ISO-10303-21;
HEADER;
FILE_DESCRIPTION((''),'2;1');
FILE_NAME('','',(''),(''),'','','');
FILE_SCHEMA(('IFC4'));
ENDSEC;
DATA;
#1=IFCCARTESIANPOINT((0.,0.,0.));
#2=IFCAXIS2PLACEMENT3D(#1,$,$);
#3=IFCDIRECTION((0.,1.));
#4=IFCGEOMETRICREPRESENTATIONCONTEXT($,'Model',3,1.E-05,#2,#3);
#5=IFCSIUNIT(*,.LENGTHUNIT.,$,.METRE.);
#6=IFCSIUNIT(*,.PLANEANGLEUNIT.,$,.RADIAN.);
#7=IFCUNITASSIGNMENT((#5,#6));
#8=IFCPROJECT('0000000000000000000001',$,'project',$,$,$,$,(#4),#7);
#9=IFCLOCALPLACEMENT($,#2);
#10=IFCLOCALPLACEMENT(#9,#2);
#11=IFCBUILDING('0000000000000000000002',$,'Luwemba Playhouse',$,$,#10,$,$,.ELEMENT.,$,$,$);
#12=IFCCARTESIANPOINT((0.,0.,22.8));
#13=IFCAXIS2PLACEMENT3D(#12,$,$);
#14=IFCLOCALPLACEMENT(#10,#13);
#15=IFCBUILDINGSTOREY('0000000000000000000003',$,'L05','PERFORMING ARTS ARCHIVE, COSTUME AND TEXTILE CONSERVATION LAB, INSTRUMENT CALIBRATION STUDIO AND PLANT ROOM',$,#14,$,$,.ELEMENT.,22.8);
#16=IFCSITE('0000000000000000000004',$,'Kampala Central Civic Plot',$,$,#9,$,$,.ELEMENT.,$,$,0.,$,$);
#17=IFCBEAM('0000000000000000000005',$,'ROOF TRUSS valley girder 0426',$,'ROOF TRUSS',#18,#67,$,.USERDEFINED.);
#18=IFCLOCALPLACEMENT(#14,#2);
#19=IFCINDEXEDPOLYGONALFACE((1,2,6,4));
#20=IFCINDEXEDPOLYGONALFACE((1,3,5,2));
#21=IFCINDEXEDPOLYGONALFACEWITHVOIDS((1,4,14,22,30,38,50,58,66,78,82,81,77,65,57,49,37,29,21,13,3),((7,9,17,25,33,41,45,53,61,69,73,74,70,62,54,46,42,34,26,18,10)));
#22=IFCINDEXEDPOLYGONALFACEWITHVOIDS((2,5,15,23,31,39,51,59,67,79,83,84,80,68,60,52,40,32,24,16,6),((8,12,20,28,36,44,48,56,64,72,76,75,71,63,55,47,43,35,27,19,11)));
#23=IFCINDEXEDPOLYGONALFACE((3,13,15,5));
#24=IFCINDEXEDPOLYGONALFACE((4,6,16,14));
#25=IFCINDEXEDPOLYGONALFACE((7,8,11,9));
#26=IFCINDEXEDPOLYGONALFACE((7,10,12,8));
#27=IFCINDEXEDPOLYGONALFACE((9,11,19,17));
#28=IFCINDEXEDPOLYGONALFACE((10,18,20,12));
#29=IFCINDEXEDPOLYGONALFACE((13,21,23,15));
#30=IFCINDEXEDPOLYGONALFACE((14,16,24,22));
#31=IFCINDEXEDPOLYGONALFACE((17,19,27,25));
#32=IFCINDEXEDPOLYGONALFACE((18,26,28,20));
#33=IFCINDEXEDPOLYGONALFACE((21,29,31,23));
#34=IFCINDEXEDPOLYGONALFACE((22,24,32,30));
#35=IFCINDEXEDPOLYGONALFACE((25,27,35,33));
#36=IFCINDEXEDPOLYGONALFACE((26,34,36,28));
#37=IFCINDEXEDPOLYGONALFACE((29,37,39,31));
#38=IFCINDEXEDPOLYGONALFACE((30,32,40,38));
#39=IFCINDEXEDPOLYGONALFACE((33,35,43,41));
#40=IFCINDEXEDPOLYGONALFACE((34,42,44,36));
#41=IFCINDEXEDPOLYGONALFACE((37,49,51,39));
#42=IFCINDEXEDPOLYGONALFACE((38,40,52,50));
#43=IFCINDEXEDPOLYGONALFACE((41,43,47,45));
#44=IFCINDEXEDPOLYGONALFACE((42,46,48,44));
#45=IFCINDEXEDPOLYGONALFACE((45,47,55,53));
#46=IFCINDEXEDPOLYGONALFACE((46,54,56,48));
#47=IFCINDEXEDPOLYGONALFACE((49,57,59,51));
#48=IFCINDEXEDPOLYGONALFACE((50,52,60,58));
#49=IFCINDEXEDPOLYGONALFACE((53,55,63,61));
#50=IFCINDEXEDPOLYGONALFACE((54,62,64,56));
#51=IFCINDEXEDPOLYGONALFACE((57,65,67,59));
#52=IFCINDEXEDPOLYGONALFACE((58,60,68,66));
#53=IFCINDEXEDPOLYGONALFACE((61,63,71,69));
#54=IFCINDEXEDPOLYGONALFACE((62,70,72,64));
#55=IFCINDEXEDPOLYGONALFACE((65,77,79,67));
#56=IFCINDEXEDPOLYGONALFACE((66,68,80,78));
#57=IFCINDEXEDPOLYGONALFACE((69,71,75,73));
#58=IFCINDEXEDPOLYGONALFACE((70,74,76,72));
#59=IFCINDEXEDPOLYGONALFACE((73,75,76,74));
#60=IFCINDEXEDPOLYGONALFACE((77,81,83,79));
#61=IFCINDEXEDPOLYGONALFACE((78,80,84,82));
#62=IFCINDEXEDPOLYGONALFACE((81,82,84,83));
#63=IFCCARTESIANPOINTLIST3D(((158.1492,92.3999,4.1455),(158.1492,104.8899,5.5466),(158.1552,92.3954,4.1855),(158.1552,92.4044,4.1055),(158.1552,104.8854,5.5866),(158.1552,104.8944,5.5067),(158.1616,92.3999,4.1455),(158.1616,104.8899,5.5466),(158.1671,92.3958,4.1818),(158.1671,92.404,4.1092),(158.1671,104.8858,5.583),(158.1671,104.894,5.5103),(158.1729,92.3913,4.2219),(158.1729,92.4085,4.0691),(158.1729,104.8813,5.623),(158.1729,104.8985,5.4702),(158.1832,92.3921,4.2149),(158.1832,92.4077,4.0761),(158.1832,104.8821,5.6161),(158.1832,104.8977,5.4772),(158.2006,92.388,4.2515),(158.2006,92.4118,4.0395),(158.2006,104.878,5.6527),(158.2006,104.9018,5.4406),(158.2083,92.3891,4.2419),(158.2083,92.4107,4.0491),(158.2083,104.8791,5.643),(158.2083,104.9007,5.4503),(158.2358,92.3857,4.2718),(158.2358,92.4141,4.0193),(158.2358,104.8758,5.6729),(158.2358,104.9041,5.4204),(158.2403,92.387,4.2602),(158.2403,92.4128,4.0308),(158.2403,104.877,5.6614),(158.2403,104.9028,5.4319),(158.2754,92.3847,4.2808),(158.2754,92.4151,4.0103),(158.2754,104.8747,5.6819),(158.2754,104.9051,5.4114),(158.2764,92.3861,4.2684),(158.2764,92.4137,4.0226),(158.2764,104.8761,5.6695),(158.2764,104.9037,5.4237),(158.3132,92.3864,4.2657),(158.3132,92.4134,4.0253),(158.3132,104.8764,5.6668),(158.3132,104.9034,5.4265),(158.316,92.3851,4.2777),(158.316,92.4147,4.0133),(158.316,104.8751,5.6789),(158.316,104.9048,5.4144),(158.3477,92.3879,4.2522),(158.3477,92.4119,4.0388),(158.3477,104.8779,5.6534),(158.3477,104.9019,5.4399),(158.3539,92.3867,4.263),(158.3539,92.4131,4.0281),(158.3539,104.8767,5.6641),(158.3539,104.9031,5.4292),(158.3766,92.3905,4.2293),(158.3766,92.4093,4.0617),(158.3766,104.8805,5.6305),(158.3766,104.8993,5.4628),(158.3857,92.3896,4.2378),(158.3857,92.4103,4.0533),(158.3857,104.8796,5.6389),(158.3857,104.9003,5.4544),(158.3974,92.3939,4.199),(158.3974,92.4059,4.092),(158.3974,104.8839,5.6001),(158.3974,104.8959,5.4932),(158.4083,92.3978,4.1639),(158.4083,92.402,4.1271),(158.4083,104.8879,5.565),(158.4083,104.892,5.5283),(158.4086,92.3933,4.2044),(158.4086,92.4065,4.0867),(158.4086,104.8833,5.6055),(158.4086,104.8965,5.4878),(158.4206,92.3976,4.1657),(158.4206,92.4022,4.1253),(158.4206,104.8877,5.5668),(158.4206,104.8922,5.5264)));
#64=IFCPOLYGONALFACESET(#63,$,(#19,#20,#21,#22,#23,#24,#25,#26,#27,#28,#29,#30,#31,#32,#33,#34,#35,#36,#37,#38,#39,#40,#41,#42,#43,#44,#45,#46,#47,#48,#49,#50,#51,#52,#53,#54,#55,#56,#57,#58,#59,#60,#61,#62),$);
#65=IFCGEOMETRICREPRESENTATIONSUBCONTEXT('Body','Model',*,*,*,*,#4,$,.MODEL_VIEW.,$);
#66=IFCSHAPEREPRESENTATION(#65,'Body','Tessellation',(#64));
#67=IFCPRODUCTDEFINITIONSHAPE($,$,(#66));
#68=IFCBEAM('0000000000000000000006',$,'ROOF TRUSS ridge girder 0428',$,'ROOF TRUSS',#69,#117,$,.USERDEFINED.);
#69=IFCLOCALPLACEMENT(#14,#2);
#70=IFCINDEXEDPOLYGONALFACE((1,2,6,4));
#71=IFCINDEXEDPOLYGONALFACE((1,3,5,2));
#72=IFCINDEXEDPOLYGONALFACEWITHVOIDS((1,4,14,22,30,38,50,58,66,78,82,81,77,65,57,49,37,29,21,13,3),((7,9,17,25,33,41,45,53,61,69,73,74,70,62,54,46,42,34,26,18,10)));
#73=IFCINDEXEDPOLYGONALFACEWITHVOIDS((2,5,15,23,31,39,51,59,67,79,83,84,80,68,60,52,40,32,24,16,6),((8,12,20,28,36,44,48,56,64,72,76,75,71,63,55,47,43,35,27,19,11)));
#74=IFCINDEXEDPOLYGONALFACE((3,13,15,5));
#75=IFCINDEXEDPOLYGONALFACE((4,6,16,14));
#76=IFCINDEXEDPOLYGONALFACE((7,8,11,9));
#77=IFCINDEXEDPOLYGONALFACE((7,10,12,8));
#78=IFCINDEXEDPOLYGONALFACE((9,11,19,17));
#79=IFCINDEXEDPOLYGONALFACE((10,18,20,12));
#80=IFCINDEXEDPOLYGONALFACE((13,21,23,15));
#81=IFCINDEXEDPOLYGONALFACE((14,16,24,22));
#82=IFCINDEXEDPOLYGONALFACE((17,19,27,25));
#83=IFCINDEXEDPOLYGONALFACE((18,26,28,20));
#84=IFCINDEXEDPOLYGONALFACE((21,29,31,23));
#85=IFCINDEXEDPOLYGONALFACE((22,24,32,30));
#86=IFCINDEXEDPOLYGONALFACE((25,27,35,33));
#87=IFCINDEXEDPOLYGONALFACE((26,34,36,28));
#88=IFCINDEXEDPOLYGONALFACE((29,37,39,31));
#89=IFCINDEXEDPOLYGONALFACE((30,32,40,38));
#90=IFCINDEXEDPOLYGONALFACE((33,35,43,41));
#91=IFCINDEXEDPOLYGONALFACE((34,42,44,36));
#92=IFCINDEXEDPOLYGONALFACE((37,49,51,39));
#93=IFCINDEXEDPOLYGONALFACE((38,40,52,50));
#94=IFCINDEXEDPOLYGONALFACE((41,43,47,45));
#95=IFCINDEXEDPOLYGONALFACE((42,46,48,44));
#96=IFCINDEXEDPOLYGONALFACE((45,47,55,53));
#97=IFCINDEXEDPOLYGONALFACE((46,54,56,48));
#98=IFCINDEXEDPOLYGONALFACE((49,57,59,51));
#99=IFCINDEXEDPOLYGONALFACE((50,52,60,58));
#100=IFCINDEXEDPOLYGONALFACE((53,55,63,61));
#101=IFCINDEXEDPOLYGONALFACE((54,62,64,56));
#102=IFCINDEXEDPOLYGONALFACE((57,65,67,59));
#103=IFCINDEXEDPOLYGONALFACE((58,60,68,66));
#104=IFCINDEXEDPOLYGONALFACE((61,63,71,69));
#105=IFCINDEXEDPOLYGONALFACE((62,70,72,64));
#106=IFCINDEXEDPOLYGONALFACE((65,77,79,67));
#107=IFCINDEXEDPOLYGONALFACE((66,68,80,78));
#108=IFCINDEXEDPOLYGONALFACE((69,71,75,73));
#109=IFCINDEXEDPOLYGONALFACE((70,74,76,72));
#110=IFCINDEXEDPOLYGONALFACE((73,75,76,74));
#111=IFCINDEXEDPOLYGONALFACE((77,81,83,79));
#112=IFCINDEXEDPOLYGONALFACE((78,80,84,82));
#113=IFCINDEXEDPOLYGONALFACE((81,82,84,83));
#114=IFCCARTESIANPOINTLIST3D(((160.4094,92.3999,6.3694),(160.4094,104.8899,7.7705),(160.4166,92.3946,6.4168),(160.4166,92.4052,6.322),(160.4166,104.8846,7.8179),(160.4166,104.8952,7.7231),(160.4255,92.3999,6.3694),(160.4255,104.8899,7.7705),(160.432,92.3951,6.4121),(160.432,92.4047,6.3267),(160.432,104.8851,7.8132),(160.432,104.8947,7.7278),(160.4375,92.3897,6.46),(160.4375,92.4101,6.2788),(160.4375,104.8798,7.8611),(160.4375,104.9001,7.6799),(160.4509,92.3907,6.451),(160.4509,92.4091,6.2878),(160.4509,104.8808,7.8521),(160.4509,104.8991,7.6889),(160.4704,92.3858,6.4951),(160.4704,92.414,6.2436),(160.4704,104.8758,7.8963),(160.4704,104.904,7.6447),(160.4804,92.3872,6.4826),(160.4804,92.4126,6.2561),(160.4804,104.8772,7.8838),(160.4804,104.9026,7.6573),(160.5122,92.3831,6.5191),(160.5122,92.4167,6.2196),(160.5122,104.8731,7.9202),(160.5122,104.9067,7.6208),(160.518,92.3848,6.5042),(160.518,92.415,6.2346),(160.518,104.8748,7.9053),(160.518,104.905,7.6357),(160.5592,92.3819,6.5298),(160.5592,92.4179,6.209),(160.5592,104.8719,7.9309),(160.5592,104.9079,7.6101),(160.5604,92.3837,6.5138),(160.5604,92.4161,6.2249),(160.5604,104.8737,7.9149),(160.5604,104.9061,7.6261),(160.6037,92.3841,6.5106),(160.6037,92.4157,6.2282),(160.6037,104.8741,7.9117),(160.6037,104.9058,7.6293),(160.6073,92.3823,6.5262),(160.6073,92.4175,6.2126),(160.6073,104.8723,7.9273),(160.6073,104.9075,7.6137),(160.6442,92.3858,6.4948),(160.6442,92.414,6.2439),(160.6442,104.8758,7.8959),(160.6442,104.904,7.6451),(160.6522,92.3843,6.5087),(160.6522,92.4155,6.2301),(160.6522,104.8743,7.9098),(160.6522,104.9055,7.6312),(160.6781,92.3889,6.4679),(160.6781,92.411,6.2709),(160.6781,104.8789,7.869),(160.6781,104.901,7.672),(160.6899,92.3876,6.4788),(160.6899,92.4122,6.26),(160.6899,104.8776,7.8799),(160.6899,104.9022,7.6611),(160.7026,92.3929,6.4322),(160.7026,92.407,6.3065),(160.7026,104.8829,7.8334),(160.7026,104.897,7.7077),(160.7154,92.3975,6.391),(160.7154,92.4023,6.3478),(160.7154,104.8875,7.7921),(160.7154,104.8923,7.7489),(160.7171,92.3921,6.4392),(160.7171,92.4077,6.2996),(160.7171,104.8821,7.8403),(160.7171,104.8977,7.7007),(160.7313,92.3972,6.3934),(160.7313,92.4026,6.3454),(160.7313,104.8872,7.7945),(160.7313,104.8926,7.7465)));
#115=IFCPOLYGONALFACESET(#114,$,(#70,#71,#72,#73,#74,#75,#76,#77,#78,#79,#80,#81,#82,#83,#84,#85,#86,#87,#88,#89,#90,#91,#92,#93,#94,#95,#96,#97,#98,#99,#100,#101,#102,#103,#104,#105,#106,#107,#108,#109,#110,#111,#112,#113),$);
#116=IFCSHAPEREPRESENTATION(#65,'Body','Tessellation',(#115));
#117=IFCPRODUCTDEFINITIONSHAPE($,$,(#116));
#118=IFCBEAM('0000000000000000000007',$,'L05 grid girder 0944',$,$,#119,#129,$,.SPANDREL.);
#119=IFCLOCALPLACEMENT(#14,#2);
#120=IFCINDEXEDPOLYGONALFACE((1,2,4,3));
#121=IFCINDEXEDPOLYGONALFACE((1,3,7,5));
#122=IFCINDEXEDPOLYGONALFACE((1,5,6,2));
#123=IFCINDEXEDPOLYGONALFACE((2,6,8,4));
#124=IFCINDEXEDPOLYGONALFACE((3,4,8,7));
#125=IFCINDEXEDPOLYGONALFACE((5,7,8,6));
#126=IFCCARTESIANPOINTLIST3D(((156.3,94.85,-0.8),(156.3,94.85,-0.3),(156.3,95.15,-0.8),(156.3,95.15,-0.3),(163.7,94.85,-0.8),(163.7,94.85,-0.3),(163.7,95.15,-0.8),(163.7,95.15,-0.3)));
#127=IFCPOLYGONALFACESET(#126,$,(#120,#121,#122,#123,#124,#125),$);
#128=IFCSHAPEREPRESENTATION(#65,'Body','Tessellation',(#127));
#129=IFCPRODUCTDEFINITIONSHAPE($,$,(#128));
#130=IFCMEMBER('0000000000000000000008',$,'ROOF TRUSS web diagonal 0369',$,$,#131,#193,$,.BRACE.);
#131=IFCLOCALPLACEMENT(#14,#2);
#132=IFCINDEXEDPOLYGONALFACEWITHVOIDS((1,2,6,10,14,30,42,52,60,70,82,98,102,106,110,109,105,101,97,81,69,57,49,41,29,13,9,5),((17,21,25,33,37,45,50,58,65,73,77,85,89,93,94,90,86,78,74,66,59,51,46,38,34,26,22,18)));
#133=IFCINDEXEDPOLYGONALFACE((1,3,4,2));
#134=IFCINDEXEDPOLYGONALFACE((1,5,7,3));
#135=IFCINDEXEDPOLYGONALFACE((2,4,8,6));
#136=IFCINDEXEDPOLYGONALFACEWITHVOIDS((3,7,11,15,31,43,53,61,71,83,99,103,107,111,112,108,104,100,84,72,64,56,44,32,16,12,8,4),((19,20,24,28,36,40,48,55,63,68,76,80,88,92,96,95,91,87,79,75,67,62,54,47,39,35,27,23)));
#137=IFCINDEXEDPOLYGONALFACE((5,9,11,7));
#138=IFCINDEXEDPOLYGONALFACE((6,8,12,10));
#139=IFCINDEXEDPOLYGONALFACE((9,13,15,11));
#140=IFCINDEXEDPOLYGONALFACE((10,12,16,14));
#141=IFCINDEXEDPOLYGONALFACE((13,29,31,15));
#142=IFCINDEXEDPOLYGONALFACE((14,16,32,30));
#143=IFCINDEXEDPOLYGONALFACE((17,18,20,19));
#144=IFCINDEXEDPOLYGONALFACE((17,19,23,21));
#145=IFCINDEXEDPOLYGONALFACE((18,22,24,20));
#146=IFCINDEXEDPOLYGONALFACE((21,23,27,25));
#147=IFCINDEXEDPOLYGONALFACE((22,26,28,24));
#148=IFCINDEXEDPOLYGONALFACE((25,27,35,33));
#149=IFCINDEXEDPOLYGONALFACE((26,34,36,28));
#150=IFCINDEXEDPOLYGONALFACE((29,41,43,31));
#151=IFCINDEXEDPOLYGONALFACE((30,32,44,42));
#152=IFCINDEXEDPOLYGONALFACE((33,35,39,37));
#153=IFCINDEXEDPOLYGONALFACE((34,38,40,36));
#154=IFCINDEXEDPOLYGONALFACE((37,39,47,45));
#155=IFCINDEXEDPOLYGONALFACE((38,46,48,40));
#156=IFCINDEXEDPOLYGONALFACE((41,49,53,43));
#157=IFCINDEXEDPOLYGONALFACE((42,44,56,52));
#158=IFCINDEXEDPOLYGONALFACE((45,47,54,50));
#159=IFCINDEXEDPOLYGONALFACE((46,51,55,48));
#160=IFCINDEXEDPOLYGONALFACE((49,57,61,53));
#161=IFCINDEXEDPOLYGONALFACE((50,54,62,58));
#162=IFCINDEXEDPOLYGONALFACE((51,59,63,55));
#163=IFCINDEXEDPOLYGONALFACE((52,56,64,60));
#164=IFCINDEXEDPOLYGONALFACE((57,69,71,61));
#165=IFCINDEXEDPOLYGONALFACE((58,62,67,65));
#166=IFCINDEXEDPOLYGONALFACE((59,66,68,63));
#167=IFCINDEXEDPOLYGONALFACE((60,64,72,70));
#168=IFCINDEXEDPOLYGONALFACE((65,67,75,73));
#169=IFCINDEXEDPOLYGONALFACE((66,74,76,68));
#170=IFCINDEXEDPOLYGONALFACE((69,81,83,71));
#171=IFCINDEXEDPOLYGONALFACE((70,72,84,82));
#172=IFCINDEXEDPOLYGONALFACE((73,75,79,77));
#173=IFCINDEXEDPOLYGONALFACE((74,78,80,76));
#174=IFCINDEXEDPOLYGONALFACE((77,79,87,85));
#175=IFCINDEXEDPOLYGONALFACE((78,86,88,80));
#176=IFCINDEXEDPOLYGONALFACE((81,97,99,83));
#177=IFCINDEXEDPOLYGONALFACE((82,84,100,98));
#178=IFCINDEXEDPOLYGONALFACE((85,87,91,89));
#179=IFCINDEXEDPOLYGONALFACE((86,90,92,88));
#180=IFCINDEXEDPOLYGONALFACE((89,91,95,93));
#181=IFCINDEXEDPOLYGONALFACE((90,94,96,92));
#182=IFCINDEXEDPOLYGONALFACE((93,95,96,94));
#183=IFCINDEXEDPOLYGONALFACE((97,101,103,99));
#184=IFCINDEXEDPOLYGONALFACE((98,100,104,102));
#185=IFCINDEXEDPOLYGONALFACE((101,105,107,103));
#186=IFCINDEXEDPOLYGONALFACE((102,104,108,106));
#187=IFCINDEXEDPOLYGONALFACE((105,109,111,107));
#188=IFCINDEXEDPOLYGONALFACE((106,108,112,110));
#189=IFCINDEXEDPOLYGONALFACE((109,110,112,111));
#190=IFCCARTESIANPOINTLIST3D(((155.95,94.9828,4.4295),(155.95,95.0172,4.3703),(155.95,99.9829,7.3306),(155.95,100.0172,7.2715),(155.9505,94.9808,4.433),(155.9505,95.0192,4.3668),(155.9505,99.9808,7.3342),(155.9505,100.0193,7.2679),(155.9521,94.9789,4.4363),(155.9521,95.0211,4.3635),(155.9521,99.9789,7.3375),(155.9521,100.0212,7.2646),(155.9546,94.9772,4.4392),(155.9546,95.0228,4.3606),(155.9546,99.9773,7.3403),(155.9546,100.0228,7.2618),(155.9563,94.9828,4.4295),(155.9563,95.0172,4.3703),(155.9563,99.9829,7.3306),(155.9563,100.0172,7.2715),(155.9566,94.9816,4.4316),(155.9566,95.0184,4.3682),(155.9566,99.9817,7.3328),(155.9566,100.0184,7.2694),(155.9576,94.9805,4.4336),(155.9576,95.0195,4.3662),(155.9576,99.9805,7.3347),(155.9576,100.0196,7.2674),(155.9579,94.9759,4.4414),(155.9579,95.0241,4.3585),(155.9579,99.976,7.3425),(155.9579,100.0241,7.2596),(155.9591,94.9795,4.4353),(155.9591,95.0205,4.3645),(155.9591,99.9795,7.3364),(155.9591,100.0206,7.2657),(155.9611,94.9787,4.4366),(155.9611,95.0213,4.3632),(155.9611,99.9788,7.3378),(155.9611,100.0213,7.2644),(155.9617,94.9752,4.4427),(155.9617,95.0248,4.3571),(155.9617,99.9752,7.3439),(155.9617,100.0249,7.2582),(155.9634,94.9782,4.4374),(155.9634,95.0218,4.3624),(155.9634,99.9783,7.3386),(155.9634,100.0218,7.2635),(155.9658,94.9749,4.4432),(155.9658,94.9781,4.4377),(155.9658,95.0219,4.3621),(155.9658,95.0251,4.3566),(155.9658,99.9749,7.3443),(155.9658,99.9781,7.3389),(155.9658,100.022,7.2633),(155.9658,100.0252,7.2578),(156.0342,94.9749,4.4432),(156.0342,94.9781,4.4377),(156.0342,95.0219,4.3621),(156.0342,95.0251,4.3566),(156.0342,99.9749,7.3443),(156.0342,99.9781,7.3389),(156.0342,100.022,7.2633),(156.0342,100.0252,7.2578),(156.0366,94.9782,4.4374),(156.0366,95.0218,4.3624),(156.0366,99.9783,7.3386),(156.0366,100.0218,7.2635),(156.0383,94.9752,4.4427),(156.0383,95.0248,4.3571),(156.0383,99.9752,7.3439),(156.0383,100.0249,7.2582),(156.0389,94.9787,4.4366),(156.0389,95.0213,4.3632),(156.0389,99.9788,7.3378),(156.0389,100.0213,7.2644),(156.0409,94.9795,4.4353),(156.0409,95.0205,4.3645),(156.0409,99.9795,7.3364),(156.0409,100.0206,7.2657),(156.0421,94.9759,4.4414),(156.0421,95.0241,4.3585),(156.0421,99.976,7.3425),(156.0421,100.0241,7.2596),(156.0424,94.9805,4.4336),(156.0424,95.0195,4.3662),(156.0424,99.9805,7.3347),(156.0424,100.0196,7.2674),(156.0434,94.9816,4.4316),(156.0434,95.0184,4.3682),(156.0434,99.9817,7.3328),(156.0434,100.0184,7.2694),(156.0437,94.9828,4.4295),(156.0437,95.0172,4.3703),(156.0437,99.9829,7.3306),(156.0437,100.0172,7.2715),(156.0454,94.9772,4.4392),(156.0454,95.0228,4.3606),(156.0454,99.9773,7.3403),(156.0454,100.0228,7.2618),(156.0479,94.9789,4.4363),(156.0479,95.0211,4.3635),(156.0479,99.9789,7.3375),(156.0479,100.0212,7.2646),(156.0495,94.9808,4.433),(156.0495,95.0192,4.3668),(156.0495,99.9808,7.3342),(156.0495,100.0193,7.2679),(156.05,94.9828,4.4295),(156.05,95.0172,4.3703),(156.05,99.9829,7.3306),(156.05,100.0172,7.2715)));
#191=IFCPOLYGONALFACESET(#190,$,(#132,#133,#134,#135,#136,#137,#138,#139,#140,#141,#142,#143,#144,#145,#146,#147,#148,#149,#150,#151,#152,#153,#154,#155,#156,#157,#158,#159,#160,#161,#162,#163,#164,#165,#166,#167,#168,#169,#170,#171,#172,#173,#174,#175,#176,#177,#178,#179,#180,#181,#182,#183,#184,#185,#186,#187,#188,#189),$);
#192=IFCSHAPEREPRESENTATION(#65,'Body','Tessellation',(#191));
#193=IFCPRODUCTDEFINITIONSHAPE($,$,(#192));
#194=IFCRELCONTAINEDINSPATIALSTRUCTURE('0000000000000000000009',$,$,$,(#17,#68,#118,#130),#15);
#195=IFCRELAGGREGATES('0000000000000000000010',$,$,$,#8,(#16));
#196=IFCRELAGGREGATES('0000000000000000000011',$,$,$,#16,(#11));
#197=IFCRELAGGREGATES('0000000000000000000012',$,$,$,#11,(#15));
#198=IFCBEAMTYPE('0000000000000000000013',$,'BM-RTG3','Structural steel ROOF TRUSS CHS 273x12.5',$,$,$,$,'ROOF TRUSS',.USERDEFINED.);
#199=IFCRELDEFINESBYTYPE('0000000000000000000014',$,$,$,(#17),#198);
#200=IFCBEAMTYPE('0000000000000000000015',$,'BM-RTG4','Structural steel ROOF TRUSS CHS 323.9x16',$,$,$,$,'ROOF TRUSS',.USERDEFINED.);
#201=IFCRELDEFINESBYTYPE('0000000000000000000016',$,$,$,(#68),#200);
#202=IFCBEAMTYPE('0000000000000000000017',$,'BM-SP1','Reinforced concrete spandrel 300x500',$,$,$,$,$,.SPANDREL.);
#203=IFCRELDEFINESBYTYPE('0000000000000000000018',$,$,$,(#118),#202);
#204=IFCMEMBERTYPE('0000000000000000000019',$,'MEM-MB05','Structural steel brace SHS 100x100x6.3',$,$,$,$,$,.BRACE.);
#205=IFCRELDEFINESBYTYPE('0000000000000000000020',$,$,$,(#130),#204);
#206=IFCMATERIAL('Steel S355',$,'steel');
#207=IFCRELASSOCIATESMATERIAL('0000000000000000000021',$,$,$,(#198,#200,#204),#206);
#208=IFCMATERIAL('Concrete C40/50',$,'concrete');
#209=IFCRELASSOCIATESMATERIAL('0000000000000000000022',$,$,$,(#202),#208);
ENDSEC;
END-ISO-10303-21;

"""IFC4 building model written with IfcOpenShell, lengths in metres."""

from ifc_helpers import new_model, si_unit, direction, frame, origin, origin_2d, place, context, subcontext, project, spatial, rectangle, hollow_rectangle, hollow_circle, extrude, material, material_profile, profile_set, type_object, element, save


model = new_model("IFC4")

# Units and contexts
model_context = context("Model", 3, precision=1e-05, world=origin(), true_north=direction((0.0, 1.0)))
body_context = subcontext(model_context, "Body", "Model", "MODEL_VIEW")
ifc_project = project(units=[si_unit("LENGTHUNIT", "METRE"), si_unit("PLANEANGLEUNIT", "RADIAN")], contexts=[model_context])

# Site, building, storey
site_placement = place(None, origin())
site = spatial("IfcSite", under=ifc_project, at=site_placement, Name="Kampala Central Civic Plot", CompositionType="ELEMENT", RefElevation=0.0)
building_placement = place(site_placement, origin())
building = spatial("IfcBuilding", under=site, at=building_placement, Name="Luwemba Playhouse", CompositionType="ELEMENT")
storey_placement = place(building_placement, frame((0.0, 0.0, 22.8)))
storey = spatial("IfcBuildingStorey", under=building, at=storey_placement, Name="L05", Description="PERFORMING ARTS ARCHIVE, COSTUME AND TEXTILE CONSERVATION LAB, INSTRUMENT CALIBRATION STUDIO AND PLANT ROOM", CompositionType="ELEMENT", Elevation=22.8)

# Shared definitions
ifc_material_1 = material(Name="Concrete C40/50", Category="concrete")

# Beams
ifc_material_2 = material(Name="Steel S355", Category="steel")
ifc_material_profile_1 = material_profile(ifc_material_2, hollow_circle(Radius=0.1365, WallThickness=0.0125, at=origin_2d()))
ifc_profile_set_1 = profile_set([ifc_material_profile_1], Name="Steel S355")
beam_type_1 = type_object("IfcBeamType", Name="BM-RTG3", Description="Structural steel ROOF TRUSS CHS 273x12.5", ElementType="ROOF TRUSS", PredefinedType="USERDEFINED", material=ifc_profile_set_1)
beam_1_placement = place(storey_placement, frame((158.2856, 92.3999, 4.1455), z_axis=(0.0, 0.993767, 0.11148), x_axis=(-1.0, 0.0, 0.0)))
element("IfcBeam", 1, at=beam_1_placement, inside=storey, type_object=beam_type_1, Name="ROOF TRUSS valley girder 0426", ObjectType="ROOF TRUSS", PredefinedType="USERDEFINED", context=body_context, shape_type="SweptSolid", body=[
    extrude(hollow_circle(Radius=0.1365, WallThickness=0.0125, at=origin_2d()), origin(), (0.0, 0.0, 1.0), 12.5684),
])
ifc_material_profile_2 = material_profile(ifc_material_2, hollow_circle(Radius=0.1619, WallThickness=0.0161, at=origin_2d()))
ifc_profile_set_2 = profile_set([ifc_material_profile_2], Name="Steel S355")
beam_type_2 = type_object("IfcBeamType", Name="BM-RTG4", Description="Structural steel ROOF TRUSS CHS 323.9x16", ElementType="ROOF TRUSS", PredefinedType="USERDEFINED", material=ifc_profile_set_2)
beam_2_placement = place(storey_placement, frame((160.5713, 92.3999, 6.3694), z_axis=(0.0, 0.993767, 0.11148), x_axis=(-1.0, 0.0, 0.0)))
element("IfcBeam", 2, at=beam_2_placement, inside=storey, type_object=beam_type_2, Name="ROOF TRUSS ridge girder 0428", ObjectType="ROOF TRUSS", PredefinedType="USERDEFINED", context=body_context, shape_type="SweptSolid", body=[
    extrude(hollow_circle(Radius=0.1619, WallThickness=0.0161, at=origin_2d()), origin(), (0.0, 0.0, 1.0), 12.5684),
])
ifc_material_profile_3 = material_profile(ifc_material_1, rectangle(XDim=0.3, YDim=0.5, at=origin_2d()))
ifc_profile_set_3 = profile_set([ifc_material_profile_3], Name="Concrete C40/50")
beam_type_3 = type_object("IfcBeamType", Name="BM-SP1", Description="Reinforced concrete spandrel 300x500", PredefinedType="SPANDREL", material=ifc_profile_set_3)
beam_3_placement = place(storey_placement, frame((156.3, 95.0, -0.55), z_axis=(1.0, 0.0, 0.0), x_axis=(0.0, 1.0, 0.0)))
element("IfcBeam", 3, at=beam_3_placement, inside=storey, type_object=beam_type_3, Name="L05 grid girder 0944", PredefinedType="SPANDREL", context=body_context, shape_type="SweptSolid", body=[
    extrude(rectangle(XDim=0.3, YDim=0.5, at=origin_2d()), origin(), (0.0, 0.0, 1.0), 7.3999),
])

# Member
ifc_material_profile_4 = material_profile(ifc_material_2, hollow_rectangle(XDim=0.1001, YDim=0.1001, WallThickness=0.0063, InnerFilletRadius=0.0095, OuterFilletRadius=0.0159, at=origin_2d()))
ifc_profile_set_4 = profile_set([ifc_material_profile_4], Name="Steel S355")
member_type_1 = type_object("IfcMemberType", Name="MEM-MB05", Description="Structural steel brace SHS 100x100x6.3", PredefinedType="BRACE", material=ifc_profile_set_4)
member_1_placement = place(storey_placement, frame((156.0, 95.0, 4.3999), z_axis=(0.0, 0.864947, 0.501863), x_axis=(-1.0, 0.0, 0.0)))
element("IfcMember", 4, at=member_1_placement, inside=storey, type_object=member_type_1, Name="ROOF TRUSS web diagonal 0369", PredefinedType="BRACE", context=body_context, shape_type="SweptSolid", body=[
    extrude(hollow_rectangle(XDim=0.1001, YDim=0.1001, WallThickness=0.0063, InnerFilletRadius=0.0095, OuterFilletRadius=0.0159, at=origin_2d()), origin(), (0.0, 0.0, 1.0), 5.7808),
])

save(model, "model.ifc")
